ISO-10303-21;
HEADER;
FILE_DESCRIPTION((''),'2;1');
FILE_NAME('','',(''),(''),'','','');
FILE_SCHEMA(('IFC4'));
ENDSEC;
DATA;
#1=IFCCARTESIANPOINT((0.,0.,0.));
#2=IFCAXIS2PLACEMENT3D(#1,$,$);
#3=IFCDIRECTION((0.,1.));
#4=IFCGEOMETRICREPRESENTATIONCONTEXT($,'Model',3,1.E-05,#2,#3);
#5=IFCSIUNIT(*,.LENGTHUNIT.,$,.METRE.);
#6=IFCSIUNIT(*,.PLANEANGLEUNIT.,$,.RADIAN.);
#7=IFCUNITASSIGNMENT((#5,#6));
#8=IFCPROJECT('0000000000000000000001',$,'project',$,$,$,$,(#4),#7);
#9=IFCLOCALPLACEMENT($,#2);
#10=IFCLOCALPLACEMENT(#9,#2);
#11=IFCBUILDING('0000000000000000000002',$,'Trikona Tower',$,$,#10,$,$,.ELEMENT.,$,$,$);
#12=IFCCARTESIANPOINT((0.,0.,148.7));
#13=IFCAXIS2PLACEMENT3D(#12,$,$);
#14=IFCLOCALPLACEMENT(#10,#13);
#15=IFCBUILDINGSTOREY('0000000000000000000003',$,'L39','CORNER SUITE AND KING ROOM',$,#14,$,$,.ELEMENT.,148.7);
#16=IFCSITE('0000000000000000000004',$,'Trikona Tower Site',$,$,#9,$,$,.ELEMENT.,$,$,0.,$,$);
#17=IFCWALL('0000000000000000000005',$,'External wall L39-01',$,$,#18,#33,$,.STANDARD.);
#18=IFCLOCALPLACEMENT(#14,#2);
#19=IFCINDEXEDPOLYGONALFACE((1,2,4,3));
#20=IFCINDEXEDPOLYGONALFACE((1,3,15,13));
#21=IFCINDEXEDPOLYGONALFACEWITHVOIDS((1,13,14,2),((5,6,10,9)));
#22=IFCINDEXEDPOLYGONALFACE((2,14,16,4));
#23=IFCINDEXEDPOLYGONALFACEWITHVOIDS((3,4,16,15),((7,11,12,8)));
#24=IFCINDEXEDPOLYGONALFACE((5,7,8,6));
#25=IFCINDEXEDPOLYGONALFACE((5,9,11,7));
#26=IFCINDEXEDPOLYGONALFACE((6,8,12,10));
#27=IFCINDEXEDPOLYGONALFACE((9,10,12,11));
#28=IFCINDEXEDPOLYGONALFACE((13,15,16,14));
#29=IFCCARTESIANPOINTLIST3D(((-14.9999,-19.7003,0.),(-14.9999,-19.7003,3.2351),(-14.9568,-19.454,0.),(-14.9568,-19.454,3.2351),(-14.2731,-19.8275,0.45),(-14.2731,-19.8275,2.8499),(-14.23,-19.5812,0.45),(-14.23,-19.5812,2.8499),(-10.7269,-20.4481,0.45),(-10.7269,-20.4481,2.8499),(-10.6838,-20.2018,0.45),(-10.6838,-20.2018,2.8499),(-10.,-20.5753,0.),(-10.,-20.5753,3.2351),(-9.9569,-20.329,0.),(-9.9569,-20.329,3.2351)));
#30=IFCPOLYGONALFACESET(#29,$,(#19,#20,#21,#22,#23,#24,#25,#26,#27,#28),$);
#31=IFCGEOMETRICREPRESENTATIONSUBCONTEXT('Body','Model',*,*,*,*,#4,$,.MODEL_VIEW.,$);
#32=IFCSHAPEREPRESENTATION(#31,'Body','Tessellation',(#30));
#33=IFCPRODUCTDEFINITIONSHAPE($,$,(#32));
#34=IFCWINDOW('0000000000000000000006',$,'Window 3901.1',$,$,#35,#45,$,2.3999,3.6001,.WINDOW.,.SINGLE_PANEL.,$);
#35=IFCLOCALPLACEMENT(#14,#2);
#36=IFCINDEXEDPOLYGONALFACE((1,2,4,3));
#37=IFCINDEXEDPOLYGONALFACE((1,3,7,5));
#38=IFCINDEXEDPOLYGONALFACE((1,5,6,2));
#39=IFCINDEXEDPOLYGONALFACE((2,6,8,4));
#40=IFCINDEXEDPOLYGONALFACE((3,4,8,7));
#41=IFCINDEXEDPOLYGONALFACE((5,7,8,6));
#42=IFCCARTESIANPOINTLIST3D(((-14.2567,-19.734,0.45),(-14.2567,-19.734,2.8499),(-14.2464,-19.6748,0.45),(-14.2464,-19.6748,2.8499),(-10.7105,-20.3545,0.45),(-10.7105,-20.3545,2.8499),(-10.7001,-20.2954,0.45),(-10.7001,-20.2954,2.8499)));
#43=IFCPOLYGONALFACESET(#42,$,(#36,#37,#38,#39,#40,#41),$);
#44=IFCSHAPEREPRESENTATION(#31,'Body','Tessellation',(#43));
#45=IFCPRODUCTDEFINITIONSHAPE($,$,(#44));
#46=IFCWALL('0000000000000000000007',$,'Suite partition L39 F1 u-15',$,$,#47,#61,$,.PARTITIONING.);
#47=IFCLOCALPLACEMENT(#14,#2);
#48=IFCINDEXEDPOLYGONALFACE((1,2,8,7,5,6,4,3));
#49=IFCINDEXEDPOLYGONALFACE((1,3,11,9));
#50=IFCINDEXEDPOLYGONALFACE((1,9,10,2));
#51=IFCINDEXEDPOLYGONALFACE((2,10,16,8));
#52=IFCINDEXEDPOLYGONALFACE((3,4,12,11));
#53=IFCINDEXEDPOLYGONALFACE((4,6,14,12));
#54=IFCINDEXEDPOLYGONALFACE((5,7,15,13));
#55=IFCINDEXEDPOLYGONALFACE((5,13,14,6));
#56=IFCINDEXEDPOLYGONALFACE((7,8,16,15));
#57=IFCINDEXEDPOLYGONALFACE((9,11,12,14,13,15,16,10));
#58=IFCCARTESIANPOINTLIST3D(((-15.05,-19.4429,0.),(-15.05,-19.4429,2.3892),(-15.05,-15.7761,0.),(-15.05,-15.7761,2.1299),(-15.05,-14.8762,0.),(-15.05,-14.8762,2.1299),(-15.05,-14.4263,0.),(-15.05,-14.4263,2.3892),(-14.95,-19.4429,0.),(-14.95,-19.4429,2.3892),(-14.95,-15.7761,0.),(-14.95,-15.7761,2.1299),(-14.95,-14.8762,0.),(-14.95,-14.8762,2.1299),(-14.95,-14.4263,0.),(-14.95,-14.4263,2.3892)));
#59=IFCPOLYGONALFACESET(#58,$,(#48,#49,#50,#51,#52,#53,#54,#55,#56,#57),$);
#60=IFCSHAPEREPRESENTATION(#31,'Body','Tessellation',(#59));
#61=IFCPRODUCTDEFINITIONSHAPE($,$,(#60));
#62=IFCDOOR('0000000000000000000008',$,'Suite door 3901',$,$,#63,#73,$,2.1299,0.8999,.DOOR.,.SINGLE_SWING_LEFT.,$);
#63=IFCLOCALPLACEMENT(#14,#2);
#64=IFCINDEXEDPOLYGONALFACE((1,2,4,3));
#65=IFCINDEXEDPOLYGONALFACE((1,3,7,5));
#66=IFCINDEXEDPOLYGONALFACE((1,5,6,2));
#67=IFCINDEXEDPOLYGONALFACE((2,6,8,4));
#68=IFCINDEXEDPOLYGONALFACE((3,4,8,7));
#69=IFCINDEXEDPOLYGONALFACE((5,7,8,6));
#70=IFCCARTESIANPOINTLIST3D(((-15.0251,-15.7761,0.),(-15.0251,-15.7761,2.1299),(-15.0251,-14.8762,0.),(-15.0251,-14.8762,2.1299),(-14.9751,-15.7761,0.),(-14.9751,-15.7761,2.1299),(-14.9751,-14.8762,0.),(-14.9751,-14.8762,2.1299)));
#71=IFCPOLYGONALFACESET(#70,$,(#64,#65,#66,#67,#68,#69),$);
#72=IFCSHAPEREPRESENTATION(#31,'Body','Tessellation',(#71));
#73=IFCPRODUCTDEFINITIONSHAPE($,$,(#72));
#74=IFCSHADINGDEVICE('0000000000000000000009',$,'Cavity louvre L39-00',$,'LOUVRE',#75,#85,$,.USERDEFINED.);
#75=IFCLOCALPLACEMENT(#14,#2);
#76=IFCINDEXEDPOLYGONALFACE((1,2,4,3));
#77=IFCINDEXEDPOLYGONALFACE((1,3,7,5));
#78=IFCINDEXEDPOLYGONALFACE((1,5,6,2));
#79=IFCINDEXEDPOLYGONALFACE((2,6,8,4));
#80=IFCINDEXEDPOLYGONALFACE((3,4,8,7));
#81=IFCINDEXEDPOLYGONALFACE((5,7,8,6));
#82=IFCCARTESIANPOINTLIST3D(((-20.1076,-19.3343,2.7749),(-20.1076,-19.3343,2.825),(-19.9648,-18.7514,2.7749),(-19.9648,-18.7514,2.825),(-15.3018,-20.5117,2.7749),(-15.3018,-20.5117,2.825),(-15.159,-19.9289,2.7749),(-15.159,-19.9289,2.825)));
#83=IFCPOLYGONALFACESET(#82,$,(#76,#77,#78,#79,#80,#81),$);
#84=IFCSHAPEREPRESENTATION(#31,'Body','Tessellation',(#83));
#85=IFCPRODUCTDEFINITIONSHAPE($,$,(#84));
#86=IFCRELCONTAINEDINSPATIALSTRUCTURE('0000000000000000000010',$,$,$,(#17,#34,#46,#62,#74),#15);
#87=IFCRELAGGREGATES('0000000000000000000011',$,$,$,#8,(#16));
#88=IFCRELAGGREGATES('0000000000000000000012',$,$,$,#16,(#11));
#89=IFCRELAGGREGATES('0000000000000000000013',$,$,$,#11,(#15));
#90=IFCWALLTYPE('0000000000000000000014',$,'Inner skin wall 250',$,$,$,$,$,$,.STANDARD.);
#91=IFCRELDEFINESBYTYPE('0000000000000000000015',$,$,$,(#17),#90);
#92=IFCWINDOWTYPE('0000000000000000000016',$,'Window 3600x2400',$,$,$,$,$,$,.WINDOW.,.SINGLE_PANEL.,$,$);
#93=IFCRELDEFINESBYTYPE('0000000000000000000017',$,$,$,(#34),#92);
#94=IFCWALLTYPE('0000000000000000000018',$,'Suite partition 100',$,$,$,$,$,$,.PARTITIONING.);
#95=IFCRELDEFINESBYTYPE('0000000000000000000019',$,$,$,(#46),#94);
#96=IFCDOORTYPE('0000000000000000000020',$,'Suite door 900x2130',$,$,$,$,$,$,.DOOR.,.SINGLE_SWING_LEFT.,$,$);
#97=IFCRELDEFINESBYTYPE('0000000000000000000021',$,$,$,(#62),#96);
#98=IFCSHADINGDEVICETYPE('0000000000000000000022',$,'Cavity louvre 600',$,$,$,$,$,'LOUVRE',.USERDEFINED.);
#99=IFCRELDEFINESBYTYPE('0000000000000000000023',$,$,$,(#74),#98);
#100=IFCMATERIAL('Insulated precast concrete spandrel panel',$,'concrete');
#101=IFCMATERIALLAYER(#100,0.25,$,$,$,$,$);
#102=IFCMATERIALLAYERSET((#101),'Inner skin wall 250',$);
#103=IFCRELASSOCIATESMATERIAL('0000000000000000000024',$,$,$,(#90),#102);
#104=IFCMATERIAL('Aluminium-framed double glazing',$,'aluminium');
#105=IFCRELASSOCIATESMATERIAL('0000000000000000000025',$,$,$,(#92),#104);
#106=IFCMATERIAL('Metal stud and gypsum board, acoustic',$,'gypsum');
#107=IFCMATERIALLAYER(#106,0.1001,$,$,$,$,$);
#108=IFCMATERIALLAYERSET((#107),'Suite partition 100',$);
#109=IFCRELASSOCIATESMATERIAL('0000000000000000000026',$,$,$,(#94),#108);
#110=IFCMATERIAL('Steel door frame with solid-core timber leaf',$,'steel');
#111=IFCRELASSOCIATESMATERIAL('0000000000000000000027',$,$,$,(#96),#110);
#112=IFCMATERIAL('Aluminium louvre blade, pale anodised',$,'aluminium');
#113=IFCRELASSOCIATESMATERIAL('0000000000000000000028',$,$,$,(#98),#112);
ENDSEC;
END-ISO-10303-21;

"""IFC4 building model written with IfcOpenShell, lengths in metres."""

from ifc_helpers import new_model, si_unit, direction, frame, frame_2d, origin, origin_2d, place, context, subcontext, project, spatial, rectangle, extrude, material, layer, layer_set, type_object, element, fill, save


model = new_model("IFC4")

# Units and contexts
model_context = context("Model", 3, precision=1e-05, world=origin(), true_north=direction((0.0, 1.0)))
body_context = subcontext(model_context, "Body", "Model", "MODEL_VIEW")
ifc_project = project(units=[si_unit("LENGTHUNIT", "METRE"), si_unit("PLANEANGLEUNIT", "RADIAN")], contexts=[model_context])

# Site, building, storey
site_placement = place(None, origin())
site = spatial("IfcSite", under=ifc_project, at=site_placement, Name="Trikona Tower Site", CompositionType="ELEMENT", RefElevation=0.0)
building_placement = place(site_placement, origin())
building = spatial("IfcBuilding", under=site, at=building_placement, Name="Trikona Tower", CompositionType="ELEMENT")
storey_placement = place(building_placement, frame((0.0, 0.0, 148.7)))
storey = spatial("IfcBuildingStorey", under=building, at=storey_placement, Name="L39", Description="CORNER SUITE AND KING ROOM", CompositionType="ELEMENT", Elevation=148.7)

# Wall, opening, window
ifc_material_1 = material(Name="Insulated precast concrete spandrel panel", Category="concrete")
ifc_layer_1 = layer(ifc_material_1, 0.25)
ifc_layer_set_1 = layer_set([ifc_layer_1], Name="Inner skin wall 250")
wall_type_1 = type_object("IfcWallType", Name="Inner skin wall 250", PredefinedType="STANDARD", material=ifc_layer_set_1)
ifc_material_2 = material(Name="Aluminium-framed double glazing", Category="aluminium")
window_type = type_object("IfcWindowType", Name="Window 3600x2400", PartitioningType="SINGLE_PANEL", PredefinedType="WINDOW", material=ifc_material_2)
wall_1_placement = place(storey_placement, frame((-14.9785, -19.5771, 0.0), z_axis=(0.0, 0.0, 1.0), x_axis=(0.98503, -0.17238, 0.0)))
wall_1 = element("IfcWall", 1, at=wall_1_placement, inside=storey, type_object=wall_type_1, Name="External wall L39-01", PredefinedType="STANDARD", context=body_context, shape_type="SweptSolid", body=[
    extrude(rectangle(XDim=5.0759, YDim=0.25, at=frame_2d((2.5381, 0.0))), origin(), (0.0, 0.0, 1.0), 3.2351),
])
opening_1_placement = place(wall_1_placement, frame((0.738, 0.0, 0.45)))
opening_1 = element("IfcOpeningElement", 2, at=opening_1_placement, cuts=wall_1, PredefinedType="OPENING", context=body_context, shape_type="SweptSolid", body=[
    extrude(rectangle(XDim=3.6001, YDim=2.3999, at=frame_2d((1.8, 1.2))), frame((0.0, 0.135, 0.0), z_axis=(0.0, -1.0, 0.0), x_axis=(1.0, 0.0, 0.0)), (0.0, 0.0, 1.0), 0.27),
])
window_1_placement = place(opening_1_placement, origin())
window_1 = element("IfcWindow", 3, at=window_1_placement, inside=storey, type_object=window_type, Name="Window 3901.1", OverallHeight=2.3999, OverallWidth=3.6001, PartitioningType="SINGLE_PANEL", PredefinedType="WINDOW", context=body_context, shape_type="SweptSolid", body=[
    extrude(rectangle(XDim=3.6001, YDim=2.3999, at=frame_2d((1.8, 1.2))), frame((0.0, 0.03, 0.0), z_axis=(0.0, -1.0, 0.0), x_axis=(1.0, 0.0, 0.0)), (0.0, 0.0, 1.0), 0.0601),
])
fill(opening_1, window_1)

# Wall, opening, door
ifc_material_3 = material(Name="Metal stud and gypsum board, acoustic", Category="gypsum")
ifc_layer_2 = layer(ifc_material_3, 0.1001)
ifc_layer_set_2 = layer_set([ifc_layer_2], Name="Suite partition 100")
wall_type_2 = type_object("IfcWallType", Name="Suite partition 100", PredefinedType="PARTITIONING", material=ifc_layer_set_2)
wall_2_placement = place(storey_placement, frame((-15.0, -14.4263, 0.0), z_axis=(0.0, 0.0, 1.0), x_axis=(0.0, -1.0, 0.0)))
wall_2 = element("IfcWall", 4, at=wall_2_placement, inside=storey, type_object=wall_type_2, Name="Suite partition L39 F1 u-15", PredefinedType="PARTITIONING", context=body_context, shape_type="SweptSolid", body=[
    extrude(rectangle(XDim=5.0166, YDim=0.1001, at=frame_2d((2.5083, 0.0))), origin(), (0.0, 0.0, 1.0), 2.3892),
])
opening_2_placement = place(wall_2_placement, frame((0.45, 0.0, 0.0)))
opening_2 = element("IfcOpeningElement", 5, at=opening_2_placement, cuts=wall_2, PredefinedType="OPENING", context=body_context, shape_type="SweptSolid", body=[
    extrude(rectangle(XDim=0.8999, YDim=2.1299, at=frame_2d((0.45, 1.0649))), frame((0.0, 0.0601, 0.0), z_axis=(0.0, -1.0, 0.0), x_axis=(1.0, 0.0, 0.0)), (0.0, 0.0, 1.0), 0.1201),
])
ifc_material_4 = material(Name="Steel door frame with solid-core timber leaf", Category="steel")
door_type = type_object("IfcDoorType", Name="Suite door 900x2130", OperationType="SINGLE_SWING_LEFT", PredefinedType="DOOR", material=ifc_material_4)
door_placement = place(opening_2_placement, origin())
door = element("IfcDoor", 6, at=door_placement, inside=storey, type_object=door_type, Name="Suite door 3901", OperationType="SINGLE_SWING_LEFT", OverallHeight=2.1299, OverallWidth=0.8999, PredefinedType="DOOR", context=body_context, shape_type="SweptSolid", body=[
    extrude(rectangle(XDim=0.8999, YDim=2.1299, at=frame_2d((0.45, 1.0649))), frame((0.0, 0.0249, 0.0), z_axis=(0.0, -1.0, 0.0), x_axis=(1.0, 0.0, 0.0)), (0.0, 0.0, 1.0), 0.05),
])
fill(opening_2, door)

# Shading device
ifc_material_5 = material(Name="Aluminium louvre blade, pale anodised", Category="aluminium")
shading_device_type = type_object("IfcShadingDeviceType", Name="Cavity louvre 600", ElementType="LOUVRE", PredefinedType="USERDEFINED", material=ifc_material_5)
shading_device_placement = place(storey_placement, frame((-17.6333, -19.6316, 2.7749), z_axis=(0.0, 0.0, 1.0), x_axis=(0.971274, -0.237962, 0.0)))
element("IfcShadingDevice", 7, at=shading_device_placement, inside=storey, type_object=shading_device_type, Name="Cavity louvre L39-00", ObjectType="LOUVRE", PredefinedType="USERDEFINED", context=body_context, shape_type="SweptSolid", body=[
    extrude(rectangle(XDim=4.948, YDim=0.6001, at=origin_2d()), origin(), (0.0, 0.0, 1.0), 0.05),
])

save(model, "model.ifc")
